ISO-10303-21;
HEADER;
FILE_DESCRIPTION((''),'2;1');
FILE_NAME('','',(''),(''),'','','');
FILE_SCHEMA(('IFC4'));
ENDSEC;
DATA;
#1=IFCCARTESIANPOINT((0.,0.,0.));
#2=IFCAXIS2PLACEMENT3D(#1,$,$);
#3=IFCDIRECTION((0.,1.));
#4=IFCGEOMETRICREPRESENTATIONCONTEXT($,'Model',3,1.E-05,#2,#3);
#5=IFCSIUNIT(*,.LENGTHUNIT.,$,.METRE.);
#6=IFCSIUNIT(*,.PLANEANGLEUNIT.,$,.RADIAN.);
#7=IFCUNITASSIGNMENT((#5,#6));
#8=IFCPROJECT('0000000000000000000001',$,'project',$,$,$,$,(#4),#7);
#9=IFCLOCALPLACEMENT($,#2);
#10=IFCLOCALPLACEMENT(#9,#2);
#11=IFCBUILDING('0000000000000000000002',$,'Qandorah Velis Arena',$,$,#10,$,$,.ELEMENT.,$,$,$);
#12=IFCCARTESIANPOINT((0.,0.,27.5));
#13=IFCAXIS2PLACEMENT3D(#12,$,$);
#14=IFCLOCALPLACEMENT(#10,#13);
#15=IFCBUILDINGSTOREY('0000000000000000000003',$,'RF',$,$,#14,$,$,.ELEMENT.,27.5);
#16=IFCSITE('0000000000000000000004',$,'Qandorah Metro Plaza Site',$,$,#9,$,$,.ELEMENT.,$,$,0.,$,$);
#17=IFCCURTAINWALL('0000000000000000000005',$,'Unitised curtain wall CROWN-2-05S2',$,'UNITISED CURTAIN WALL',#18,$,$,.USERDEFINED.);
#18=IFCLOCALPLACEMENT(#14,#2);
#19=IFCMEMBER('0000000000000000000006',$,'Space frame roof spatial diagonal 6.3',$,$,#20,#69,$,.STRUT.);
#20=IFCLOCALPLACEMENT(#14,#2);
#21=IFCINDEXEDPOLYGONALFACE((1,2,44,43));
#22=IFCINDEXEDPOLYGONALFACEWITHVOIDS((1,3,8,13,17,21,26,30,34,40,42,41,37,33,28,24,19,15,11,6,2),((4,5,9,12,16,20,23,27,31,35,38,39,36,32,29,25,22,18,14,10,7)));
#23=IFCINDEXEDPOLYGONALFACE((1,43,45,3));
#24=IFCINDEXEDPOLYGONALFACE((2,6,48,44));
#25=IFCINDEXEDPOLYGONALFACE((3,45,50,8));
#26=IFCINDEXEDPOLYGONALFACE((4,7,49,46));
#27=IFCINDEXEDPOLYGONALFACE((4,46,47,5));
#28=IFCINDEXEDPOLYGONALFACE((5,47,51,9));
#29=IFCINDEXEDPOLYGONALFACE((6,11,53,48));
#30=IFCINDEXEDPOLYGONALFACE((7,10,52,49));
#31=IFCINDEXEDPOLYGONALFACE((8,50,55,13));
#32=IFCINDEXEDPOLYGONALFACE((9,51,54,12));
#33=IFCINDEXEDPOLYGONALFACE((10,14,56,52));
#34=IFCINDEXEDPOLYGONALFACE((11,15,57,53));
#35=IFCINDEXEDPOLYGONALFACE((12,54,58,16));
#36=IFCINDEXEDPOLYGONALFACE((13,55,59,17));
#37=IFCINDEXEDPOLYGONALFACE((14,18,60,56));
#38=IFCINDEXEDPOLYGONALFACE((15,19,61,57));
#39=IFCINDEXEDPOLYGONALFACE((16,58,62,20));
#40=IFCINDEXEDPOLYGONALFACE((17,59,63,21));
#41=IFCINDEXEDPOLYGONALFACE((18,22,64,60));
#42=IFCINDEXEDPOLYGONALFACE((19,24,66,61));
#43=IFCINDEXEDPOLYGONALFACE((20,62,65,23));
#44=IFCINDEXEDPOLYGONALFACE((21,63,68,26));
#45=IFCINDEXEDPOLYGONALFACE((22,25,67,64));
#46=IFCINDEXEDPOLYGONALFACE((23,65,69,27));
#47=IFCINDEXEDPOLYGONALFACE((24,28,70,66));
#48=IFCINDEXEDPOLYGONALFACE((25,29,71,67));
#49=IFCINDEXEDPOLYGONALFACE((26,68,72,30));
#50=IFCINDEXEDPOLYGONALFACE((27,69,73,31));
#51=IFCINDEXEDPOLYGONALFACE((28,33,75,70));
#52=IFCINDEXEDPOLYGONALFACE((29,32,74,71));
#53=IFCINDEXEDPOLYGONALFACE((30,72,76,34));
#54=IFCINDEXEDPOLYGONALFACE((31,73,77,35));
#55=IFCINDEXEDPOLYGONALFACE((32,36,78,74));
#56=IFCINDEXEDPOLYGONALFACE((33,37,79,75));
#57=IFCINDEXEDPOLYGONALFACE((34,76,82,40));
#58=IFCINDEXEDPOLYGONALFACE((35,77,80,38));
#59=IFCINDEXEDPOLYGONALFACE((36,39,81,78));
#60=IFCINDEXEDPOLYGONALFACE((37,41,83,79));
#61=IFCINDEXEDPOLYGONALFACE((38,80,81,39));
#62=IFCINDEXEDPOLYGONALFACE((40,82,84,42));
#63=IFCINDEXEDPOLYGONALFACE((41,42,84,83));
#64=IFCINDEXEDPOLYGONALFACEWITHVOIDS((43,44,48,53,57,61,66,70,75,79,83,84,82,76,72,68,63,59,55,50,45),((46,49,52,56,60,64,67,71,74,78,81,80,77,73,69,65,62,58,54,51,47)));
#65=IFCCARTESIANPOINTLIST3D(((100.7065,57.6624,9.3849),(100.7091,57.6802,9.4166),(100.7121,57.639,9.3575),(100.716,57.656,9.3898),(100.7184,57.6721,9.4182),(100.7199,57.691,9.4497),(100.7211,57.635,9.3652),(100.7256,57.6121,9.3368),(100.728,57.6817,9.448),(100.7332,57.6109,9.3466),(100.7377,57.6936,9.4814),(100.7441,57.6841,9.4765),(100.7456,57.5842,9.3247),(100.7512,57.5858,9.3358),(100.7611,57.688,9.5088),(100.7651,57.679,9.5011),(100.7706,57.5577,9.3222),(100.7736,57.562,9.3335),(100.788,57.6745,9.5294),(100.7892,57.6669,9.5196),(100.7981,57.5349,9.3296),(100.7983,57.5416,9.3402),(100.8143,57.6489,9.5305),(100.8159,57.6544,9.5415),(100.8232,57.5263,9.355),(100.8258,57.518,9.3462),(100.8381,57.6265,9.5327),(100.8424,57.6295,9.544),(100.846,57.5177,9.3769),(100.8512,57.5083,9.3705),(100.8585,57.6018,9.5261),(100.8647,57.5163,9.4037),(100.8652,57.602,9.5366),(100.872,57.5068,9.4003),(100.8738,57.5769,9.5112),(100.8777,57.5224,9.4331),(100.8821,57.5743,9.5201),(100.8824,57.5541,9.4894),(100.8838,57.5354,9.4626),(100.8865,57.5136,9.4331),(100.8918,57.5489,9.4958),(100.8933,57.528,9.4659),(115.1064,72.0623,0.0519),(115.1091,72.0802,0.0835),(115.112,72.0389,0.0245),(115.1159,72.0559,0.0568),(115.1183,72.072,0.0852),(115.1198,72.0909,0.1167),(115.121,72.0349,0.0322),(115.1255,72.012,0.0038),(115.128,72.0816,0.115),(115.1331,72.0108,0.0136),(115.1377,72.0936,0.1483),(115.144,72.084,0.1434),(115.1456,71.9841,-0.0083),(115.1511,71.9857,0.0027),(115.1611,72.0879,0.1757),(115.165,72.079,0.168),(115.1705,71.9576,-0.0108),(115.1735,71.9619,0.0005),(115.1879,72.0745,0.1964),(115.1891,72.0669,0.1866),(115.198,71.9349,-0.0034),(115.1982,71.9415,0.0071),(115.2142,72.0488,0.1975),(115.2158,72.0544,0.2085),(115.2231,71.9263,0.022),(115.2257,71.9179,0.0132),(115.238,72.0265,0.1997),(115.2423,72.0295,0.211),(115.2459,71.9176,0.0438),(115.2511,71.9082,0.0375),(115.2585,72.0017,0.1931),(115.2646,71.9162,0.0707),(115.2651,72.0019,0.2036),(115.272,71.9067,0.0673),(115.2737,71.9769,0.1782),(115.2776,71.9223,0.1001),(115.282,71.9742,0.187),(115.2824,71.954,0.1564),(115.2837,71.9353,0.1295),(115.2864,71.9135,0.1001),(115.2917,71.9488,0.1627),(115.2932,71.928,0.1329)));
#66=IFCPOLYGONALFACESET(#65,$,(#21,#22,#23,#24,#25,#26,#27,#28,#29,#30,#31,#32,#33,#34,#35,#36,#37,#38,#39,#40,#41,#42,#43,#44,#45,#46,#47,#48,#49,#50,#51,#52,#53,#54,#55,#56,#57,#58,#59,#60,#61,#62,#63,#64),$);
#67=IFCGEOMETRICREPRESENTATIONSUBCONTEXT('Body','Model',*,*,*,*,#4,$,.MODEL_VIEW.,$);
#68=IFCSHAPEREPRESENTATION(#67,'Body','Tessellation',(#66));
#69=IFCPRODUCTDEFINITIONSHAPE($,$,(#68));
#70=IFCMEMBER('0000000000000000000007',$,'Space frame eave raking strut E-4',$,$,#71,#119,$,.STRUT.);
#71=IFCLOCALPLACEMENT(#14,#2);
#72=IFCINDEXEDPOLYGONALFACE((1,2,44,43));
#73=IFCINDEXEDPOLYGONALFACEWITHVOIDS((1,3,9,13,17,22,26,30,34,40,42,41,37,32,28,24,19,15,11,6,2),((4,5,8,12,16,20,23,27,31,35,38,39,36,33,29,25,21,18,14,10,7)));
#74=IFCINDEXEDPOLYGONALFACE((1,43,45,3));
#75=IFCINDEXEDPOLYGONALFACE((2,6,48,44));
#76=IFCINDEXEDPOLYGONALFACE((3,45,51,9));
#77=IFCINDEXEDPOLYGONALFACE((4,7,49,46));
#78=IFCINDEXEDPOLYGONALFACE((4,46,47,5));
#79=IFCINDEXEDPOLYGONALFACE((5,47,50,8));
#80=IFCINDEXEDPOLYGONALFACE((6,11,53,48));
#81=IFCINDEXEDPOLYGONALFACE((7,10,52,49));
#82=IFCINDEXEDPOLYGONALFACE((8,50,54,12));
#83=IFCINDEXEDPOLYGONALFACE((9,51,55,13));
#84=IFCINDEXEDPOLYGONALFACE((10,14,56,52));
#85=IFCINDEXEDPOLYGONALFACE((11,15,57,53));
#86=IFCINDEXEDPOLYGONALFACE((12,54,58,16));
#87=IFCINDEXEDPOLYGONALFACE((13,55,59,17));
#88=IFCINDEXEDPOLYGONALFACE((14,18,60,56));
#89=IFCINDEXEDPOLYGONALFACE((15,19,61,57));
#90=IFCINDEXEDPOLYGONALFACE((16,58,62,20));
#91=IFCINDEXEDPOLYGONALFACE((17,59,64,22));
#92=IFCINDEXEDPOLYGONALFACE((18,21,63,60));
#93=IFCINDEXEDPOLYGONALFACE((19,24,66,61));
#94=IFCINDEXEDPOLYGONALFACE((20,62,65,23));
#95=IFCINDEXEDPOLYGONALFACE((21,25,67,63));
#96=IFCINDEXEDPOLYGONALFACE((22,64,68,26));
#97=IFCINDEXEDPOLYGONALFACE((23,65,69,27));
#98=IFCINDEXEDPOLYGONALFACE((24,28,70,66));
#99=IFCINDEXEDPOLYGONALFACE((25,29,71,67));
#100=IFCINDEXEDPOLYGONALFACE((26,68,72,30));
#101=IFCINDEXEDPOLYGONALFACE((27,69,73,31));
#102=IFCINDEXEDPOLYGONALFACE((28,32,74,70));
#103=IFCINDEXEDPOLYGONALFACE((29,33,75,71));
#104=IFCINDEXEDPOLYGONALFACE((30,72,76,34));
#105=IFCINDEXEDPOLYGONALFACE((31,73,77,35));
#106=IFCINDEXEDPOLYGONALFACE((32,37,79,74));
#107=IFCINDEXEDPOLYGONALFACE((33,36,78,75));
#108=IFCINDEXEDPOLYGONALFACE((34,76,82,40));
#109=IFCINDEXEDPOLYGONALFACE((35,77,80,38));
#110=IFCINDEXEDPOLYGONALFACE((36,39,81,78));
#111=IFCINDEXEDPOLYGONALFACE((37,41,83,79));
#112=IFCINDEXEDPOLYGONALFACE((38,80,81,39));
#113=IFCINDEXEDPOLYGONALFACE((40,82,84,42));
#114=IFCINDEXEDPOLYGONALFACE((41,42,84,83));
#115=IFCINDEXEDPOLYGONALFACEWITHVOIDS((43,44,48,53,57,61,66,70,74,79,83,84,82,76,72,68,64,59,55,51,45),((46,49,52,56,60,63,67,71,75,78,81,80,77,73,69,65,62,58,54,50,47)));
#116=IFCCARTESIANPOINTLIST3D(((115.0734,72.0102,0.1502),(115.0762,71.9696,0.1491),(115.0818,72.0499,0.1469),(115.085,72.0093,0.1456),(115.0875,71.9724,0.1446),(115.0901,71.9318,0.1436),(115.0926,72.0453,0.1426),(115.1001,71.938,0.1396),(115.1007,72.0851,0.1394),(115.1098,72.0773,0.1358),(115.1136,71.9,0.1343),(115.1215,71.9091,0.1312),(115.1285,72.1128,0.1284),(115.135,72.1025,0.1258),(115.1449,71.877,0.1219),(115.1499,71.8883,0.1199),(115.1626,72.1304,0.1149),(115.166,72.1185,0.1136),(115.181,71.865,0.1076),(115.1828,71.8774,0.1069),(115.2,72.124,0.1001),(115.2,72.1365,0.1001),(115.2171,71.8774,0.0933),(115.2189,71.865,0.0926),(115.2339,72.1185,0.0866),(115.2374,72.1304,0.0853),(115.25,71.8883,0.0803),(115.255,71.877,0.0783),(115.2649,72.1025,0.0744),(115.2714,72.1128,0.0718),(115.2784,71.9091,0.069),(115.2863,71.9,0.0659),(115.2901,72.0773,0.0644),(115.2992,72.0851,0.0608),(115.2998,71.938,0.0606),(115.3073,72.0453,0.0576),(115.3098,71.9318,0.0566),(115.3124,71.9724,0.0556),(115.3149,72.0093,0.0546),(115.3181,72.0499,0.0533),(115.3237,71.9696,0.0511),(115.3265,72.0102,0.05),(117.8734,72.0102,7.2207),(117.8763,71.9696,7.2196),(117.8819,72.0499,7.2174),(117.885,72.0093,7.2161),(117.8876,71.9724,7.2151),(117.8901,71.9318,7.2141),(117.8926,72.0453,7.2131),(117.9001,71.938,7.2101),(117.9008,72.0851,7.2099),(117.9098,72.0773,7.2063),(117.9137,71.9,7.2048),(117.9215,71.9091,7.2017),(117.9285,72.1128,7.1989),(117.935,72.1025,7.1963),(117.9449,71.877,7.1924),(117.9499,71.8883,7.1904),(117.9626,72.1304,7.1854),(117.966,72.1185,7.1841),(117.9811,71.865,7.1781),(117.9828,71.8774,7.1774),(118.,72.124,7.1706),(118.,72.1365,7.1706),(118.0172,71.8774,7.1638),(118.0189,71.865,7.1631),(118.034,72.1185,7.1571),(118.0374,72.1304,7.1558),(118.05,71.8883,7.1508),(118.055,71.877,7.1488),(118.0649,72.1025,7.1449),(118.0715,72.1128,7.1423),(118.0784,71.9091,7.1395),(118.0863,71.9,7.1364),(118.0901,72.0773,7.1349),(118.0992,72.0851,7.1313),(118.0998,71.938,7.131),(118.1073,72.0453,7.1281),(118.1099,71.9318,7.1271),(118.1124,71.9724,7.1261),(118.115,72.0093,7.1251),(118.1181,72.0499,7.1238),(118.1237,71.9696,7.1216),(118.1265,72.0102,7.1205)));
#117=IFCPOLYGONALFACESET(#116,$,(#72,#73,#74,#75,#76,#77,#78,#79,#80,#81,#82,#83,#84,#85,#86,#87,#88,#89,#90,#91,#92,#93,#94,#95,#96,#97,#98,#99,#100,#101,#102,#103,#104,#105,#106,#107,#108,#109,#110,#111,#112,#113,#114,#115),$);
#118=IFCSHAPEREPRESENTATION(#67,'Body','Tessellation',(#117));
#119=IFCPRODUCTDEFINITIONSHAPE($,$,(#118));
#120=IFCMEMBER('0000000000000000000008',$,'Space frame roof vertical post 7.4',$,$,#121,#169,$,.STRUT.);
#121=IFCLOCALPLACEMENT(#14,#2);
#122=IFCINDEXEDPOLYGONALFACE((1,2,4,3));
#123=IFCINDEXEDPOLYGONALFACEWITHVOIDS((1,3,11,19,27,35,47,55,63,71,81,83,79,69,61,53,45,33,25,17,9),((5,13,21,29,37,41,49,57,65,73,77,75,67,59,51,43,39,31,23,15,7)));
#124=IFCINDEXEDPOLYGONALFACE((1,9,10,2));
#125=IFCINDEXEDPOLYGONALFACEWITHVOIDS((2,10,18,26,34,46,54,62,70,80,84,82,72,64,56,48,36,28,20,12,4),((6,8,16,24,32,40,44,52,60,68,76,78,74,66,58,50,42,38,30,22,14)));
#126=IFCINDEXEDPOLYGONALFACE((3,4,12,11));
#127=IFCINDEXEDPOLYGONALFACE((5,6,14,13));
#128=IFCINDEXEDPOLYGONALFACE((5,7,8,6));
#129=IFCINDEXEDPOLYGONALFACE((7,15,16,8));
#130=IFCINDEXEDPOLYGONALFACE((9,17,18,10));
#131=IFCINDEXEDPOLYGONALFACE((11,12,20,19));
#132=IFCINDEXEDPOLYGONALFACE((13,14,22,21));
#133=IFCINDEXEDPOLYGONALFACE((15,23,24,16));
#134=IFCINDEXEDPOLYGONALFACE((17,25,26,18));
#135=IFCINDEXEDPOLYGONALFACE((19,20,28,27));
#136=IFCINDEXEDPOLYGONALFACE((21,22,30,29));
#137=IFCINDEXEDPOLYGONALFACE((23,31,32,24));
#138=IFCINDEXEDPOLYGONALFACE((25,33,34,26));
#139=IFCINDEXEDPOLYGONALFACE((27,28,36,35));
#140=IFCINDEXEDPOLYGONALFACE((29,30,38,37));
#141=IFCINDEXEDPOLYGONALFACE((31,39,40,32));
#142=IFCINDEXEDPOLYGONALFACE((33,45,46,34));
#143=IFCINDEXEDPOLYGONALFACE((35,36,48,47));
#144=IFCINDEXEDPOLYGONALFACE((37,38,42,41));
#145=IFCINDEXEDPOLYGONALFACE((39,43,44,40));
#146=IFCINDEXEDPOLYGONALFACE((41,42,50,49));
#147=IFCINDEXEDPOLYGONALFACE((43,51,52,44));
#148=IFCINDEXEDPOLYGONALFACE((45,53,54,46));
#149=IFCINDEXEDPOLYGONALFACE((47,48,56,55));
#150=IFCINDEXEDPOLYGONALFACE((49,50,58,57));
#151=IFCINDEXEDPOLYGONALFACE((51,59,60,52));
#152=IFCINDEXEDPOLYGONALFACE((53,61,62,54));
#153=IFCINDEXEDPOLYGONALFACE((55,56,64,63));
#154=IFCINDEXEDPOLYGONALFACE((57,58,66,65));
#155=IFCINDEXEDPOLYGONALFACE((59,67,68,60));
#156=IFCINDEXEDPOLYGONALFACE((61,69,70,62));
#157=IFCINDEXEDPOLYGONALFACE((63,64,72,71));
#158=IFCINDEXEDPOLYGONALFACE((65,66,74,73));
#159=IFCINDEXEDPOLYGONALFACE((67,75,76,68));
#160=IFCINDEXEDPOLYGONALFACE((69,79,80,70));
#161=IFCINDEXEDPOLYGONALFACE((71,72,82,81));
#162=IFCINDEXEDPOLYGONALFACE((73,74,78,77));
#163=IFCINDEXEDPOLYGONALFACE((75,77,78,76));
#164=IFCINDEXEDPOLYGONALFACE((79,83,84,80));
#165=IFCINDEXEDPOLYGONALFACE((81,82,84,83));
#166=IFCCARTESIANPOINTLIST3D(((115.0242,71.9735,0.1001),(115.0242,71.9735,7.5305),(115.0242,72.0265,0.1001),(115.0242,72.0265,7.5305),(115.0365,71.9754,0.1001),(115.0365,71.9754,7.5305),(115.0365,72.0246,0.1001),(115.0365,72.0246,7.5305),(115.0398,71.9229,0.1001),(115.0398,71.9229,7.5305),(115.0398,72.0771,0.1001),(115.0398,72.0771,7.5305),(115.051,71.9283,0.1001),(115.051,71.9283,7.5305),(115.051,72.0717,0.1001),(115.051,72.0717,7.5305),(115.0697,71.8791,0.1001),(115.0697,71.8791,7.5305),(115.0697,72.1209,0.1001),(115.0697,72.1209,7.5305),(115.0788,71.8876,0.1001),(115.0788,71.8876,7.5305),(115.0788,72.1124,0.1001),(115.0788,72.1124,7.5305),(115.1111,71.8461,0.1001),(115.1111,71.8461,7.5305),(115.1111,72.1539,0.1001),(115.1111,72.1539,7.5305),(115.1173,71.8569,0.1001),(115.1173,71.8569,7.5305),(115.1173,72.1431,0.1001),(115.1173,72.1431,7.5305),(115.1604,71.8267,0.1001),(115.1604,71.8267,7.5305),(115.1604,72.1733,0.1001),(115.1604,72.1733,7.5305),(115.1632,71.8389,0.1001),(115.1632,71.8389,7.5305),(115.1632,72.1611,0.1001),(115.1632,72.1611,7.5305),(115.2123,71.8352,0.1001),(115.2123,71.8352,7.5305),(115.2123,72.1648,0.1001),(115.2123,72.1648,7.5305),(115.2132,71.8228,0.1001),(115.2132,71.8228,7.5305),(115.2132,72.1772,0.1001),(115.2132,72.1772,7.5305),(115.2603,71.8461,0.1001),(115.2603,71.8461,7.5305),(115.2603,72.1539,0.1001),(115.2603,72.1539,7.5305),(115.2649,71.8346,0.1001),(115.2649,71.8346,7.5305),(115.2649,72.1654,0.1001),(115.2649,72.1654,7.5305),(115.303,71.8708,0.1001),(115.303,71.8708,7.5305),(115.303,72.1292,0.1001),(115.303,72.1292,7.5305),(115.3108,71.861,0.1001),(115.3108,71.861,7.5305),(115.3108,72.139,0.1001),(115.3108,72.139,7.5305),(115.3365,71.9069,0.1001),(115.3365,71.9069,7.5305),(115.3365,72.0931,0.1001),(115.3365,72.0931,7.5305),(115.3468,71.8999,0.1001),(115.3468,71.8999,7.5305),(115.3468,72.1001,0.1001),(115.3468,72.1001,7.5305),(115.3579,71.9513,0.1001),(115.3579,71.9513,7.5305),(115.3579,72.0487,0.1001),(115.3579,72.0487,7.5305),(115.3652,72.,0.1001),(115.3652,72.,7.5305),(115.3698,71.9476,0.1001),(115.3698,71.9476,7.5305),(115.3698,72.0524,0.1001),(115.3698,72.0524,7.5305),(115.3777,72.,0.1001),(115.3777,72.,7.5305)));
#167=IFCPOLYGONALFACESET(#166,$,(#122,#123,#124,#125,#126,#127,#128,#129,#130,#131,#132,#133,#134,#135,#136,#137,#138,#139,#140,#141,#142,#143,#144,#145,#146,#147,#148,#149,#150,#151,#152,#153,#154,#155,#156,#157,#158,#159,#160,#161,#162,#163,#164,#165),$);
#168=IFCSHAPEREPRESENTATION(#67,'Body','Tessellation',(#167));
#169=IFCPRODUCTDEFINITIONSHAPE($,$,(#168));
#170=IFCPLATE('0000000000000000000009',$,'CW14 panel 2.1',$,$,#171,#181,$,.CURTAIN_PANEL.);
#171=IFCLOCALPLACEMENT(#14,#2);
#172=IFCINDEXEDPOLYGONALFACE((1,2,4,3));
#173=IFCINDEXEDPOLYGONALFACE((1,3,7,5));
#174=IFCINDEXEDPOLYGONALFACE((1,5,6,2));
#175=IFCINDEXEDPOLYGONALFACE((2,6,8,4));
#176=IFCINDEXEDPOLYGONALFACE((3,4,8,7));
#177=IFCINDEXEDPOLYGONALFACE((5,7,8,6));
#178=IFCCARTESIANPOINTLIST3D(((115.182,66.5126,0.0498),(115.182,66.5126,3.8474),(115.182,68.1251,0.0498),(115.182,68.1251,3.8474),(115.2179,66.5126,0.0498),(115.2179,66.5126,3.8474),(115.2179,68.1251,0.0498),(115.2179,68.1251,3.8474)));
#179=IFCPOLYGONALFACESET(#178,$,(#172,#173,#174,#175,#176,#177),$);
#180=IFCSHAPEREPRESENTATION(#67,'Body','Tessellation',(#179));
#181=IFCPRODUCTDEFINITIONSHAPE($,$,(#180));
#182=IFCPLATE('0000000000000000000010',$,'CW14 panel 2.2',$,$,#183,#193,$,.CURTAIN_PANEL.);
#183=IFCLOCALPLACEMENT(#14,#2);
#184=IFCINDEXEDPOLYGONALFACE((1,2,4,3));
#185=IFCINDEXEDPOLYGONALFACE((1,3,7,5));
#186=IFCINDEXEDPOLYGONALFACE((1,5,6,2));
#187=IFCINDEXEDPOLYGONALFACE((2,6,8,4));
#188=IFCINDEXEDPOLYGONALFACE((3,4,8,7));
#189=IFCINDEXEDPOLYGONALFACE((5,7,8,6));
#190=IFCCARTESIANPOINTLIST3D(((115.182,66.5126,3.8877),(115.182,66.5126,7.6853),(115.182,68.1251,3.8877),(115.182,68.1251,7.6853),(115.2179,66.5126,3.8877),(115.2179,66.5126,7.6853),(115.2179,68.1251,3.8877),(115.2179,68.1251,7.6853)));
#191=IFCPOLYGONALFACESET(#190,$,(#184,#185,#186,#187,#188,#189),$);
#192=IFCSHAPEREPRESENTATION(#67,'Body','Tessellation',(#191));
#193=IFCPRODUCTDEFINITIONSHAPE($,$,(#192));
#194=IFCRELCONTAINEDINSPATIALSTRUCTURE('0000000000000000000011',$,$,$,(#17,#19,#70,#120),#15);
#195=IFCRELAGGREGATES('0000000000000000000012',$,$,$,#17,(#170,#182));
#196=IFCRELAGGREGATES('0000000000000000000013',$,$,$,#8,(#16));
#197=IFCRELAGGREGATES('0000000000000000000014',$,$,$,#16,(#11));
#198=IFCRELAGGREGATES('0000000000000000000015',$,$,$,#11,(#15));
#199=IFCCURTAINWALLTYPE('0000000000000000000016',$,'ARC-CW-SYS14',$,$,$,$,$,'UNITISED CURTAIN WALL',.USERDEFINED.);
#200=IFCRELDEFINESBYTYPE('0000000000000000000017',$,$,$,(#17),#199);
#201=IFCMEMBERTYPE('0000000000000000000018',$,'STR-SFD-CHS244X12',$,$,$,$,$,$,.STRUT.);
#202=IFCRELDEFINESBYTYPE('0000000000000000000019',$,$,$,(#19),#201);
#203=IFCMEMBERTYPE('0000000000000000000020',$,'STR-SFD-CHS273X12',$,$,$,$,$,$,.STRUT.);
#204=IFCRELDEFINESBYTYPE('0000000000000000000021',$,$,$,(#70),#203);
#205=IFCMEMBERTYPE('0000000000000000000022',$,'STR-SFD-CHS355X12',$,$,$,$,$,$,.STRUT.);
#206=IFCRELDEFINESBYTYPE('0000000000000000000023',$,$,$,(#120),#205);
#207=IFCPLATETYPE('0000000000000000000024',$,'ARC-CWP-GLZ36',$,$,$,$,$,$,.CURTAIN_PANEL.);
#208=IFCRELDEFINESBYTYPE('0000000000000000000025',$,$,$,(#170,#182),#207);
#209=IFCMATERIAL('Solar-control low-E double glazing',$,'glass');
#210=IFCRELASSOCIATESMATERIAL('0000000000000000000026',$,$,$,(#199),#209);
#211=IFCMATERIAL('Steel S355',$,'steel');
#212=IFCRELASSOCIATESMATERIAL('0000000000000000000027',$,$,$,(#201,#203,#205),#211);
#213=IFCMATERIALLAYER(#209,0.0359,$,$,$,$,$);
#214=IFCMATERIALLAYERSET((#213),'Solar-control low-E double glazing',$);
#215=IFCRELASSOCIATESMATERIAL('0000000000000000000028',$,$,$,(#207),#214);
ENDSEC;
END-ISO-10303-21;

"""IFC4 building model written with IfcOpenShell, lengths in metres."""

from ifc_helpers import new_model, si_unit, direction, frame, origin, origin_2d, place, context, subcontext, project, spatial, rectangle, hollow_circle, extrude, material, layer, layer_set, material_profile, profile_set, type_object, element, aggregate, save


model = new_model("IFC4")

# Units and contexts
model_context = context("Model", 3, precision=1e-05, world=origin(), true_north=direction((0.0, 1.0)))
body_context = subcontext(model_context, "Body", "Model", "MODEL_VIEW")
ifc_project = project(units=[si_unit("LENGTHUNIT", "METRE"), si_unit("PLANEANGLEUNIT", "RADIAN")], contexts=[model_context])

# Site, building, storey
site_placement = place(None, origin())
site = spatial("IfcSite", under=ifc_project, at=site_placement, Name="Qandorah Metro Plaza Site", CompositionType="ELEMENT", RefElevation=0.0)
building_placement = place(site_placement, origin())
building = spatial("IfcBuilding", under=site, at=building_placement, Name="Qandorah Velis Arena", CompositionType="ELEMENT")
storey_placement = place(building_placement, frame((0.0, 0.0, 27.5)))
storey = spatial("IfcBuildingStorey", under=building, at=storey_placement, Name="RF", CompositionType="ELEMENT", Elevation=27.5)

# Curtain wall
ifc_material_1 = material(Name="Solar-control low-E double glazing", Category="glass")
curtain_wall_type = type_object("IfcCurtainWallType", Name="ARC-CW-SYS14", ElementType="UNITISED CURTAIN WALL", PredefinedType="USERDEFINED", material=ifc_material_1)
curtain_wall_1_placement = place(storey_placement, origin())
curtain_wall_1 = element("IfcCurtainWall", 1, at=curtain_wall_1_placement, inside=storey, type_object=curtain_wall_type, Name="Unitised curtain wall CROWN-2-05S2", ObjectType="UNITISED CURTAIN WALL", PredefinedType="USERDEFINED")

# Shared definitions
ifc_material_2 = material(Name="Steel S355", Category="steel")

# Members
ifc_material_profile_1 = material_profile(ifc_material_2, hollow_circle(Radius=0.1223, WallThickness=0.0125, at=origin_2d()), Name="CHS 244.5x12.5")
ifc_profile_set_1 = profile_set([ifc_material_profile_1], Name="Steel S355")
member_type_1 = type_object("IfcMemberType", Name="STR-SFD-CHS244X12", PredefinedType="STRUT", material=ifc_profile_set_1)
member_1_placement = place(storey_placement, frame((115.2, 72.0, 0.1001), z_axis=(-0.642815, -0.642815, 0.416627), x_axis=(0.707107, -0.707107, 0.0)))
element("IfcMember", 2, at=member_1_placement, inside=storey, type_object=member_type_1, Name="Space frame roof spatial diagonal 6.3", PredefinedType="STRUT", context=body_context, shape_type="SweptSolid", body=[
    extrude(hollow_circle(Radius=0.1223, WallThickness=0.0125, at=origin_2d()), origin(), (0.0, 0.0, 1.0), 22.4014),
])
ifc_material_profile_2 = material_profile(ifc_material_2, hollow_circle(Radius=0.1365, WallThickness=0.0125, at=origin_2d()), Name="CHS 273x12.5")
ifc_profile_set_2 = profile_set([ifc_material_profile_2], Name="Steel S355")
member_type_2 = type_object("IfcMemberType", Name="STR-SFD-CHS273X12", PredefinedType="STRUT", material=ifc_profile_set_2)
member_2_placement = place(storey_placement, frame((115.2, 72.0, 0.1001), z_axis=(0.368195, 0.0, 0.929749), x_axis=(0.0, 1.0, 0.0)))
element("IfcMember", 3, at=member_2_placement, inside=storey, type_object=member_type_2, Name="Space frame eave raking strut E-4", PredefinedType="STRUT", context=body_context, shape_type="SweptSolid", body=[
    extrude(hollow_circle(Radius=0.1365, WallThickness=0.0125, at=origin_2d()), origin(), (0.0, 0.0, 1.0), 7.6047),
])
ifc_material_profile_3 = material_profile(ifc_material_2, hollow_circle(Radius=0.1777, WallThickness=0.0125, at=origin_2d()), Name="CHS 355.6x12.5")
ifc_profile_set_3 = profile_set([ifc_material_profile_3], Name="Steel S355")
member_type_3 = type_object("IfcMemberType", Name="STR-SFD-CHS355X12", PredefinedType="STRUT", material=ifc_profile_set_3)
member_3_placement = place(storey_placement, frame((115.2, 72.0, 0.1001), z_axis=(0.0, 0.0, 1.0), x_axis=(1.0, 0.0, 0.0)))
element("IfcMember", 4, at=member_3_placement, inside=storey, type_object=member_type_3, Name="Space frame roof vertical post 7.4", PredefinedType="STRUT", context=body_context, shape_type="SweptSolid", body=[
    extrude(hollow_circle(Radius=0.1777, WallThickness=0.0125, at=origin_2d()), origin(), (0.0, 0.0, 1.0), 7.4304),
])

# Plates
ifc_layer_1 = layer(ifc_material_1, 0.0359)
ifc_layer_set_1 = layer_set([ifc_layer_1], Name="Solar-control low-E double glazing")
plate_type = type_object("IfcPlateType", Name="ARC-CWP-GLZ36", PredefinedType="CURTAIN_PANEL", material=ifc_layer_set_1)
plate_1_placement = place(storey_placement, frame((115.2, 67.3188, 0.0498), z_axis=(0.0, 0.0, 1.0), x_axis=(0.0, 1.0, 0.0)))
plate_1 = element("IfcPlate", 5, at=plate_1_placement, type_object=plate_type, Name="CW14 panel 2.1", PredefinedType="CURTAIN_PANEL", context=body_context, shape_type="SweptSolid", body=[
    extrude(rectangle(XDim=1.6125, YDim=0.0359, at=origin_2d()), origin(), (0.0, 0.0, 1.0), 3.7976),
])
plate_2_placement = place(storey_placement, frame((115.2, 67.3188, 3.8877), z_axis=(0.0, 0.0, 1.0), x_axis=(0.0, 1.0, 0.0)))
plate_2 = element("IfcPlate", 6, at=plate_2_placement, type_object=plate_type, Name="CW14 panel 2.2", PredefinedType="CURTAIN_PANEL", context=body_context, shape_type="SweptSolid", body=[
    extrude(rectangle(XDim=1.6125, YDim=0.0359, at=origin_2d()), origin(), (0.0, 0.0, 1.0), 3.7976),
])
aggregate(curtain_wall_1, [plate_1, plate_2])

save(model, "model.ifc")
